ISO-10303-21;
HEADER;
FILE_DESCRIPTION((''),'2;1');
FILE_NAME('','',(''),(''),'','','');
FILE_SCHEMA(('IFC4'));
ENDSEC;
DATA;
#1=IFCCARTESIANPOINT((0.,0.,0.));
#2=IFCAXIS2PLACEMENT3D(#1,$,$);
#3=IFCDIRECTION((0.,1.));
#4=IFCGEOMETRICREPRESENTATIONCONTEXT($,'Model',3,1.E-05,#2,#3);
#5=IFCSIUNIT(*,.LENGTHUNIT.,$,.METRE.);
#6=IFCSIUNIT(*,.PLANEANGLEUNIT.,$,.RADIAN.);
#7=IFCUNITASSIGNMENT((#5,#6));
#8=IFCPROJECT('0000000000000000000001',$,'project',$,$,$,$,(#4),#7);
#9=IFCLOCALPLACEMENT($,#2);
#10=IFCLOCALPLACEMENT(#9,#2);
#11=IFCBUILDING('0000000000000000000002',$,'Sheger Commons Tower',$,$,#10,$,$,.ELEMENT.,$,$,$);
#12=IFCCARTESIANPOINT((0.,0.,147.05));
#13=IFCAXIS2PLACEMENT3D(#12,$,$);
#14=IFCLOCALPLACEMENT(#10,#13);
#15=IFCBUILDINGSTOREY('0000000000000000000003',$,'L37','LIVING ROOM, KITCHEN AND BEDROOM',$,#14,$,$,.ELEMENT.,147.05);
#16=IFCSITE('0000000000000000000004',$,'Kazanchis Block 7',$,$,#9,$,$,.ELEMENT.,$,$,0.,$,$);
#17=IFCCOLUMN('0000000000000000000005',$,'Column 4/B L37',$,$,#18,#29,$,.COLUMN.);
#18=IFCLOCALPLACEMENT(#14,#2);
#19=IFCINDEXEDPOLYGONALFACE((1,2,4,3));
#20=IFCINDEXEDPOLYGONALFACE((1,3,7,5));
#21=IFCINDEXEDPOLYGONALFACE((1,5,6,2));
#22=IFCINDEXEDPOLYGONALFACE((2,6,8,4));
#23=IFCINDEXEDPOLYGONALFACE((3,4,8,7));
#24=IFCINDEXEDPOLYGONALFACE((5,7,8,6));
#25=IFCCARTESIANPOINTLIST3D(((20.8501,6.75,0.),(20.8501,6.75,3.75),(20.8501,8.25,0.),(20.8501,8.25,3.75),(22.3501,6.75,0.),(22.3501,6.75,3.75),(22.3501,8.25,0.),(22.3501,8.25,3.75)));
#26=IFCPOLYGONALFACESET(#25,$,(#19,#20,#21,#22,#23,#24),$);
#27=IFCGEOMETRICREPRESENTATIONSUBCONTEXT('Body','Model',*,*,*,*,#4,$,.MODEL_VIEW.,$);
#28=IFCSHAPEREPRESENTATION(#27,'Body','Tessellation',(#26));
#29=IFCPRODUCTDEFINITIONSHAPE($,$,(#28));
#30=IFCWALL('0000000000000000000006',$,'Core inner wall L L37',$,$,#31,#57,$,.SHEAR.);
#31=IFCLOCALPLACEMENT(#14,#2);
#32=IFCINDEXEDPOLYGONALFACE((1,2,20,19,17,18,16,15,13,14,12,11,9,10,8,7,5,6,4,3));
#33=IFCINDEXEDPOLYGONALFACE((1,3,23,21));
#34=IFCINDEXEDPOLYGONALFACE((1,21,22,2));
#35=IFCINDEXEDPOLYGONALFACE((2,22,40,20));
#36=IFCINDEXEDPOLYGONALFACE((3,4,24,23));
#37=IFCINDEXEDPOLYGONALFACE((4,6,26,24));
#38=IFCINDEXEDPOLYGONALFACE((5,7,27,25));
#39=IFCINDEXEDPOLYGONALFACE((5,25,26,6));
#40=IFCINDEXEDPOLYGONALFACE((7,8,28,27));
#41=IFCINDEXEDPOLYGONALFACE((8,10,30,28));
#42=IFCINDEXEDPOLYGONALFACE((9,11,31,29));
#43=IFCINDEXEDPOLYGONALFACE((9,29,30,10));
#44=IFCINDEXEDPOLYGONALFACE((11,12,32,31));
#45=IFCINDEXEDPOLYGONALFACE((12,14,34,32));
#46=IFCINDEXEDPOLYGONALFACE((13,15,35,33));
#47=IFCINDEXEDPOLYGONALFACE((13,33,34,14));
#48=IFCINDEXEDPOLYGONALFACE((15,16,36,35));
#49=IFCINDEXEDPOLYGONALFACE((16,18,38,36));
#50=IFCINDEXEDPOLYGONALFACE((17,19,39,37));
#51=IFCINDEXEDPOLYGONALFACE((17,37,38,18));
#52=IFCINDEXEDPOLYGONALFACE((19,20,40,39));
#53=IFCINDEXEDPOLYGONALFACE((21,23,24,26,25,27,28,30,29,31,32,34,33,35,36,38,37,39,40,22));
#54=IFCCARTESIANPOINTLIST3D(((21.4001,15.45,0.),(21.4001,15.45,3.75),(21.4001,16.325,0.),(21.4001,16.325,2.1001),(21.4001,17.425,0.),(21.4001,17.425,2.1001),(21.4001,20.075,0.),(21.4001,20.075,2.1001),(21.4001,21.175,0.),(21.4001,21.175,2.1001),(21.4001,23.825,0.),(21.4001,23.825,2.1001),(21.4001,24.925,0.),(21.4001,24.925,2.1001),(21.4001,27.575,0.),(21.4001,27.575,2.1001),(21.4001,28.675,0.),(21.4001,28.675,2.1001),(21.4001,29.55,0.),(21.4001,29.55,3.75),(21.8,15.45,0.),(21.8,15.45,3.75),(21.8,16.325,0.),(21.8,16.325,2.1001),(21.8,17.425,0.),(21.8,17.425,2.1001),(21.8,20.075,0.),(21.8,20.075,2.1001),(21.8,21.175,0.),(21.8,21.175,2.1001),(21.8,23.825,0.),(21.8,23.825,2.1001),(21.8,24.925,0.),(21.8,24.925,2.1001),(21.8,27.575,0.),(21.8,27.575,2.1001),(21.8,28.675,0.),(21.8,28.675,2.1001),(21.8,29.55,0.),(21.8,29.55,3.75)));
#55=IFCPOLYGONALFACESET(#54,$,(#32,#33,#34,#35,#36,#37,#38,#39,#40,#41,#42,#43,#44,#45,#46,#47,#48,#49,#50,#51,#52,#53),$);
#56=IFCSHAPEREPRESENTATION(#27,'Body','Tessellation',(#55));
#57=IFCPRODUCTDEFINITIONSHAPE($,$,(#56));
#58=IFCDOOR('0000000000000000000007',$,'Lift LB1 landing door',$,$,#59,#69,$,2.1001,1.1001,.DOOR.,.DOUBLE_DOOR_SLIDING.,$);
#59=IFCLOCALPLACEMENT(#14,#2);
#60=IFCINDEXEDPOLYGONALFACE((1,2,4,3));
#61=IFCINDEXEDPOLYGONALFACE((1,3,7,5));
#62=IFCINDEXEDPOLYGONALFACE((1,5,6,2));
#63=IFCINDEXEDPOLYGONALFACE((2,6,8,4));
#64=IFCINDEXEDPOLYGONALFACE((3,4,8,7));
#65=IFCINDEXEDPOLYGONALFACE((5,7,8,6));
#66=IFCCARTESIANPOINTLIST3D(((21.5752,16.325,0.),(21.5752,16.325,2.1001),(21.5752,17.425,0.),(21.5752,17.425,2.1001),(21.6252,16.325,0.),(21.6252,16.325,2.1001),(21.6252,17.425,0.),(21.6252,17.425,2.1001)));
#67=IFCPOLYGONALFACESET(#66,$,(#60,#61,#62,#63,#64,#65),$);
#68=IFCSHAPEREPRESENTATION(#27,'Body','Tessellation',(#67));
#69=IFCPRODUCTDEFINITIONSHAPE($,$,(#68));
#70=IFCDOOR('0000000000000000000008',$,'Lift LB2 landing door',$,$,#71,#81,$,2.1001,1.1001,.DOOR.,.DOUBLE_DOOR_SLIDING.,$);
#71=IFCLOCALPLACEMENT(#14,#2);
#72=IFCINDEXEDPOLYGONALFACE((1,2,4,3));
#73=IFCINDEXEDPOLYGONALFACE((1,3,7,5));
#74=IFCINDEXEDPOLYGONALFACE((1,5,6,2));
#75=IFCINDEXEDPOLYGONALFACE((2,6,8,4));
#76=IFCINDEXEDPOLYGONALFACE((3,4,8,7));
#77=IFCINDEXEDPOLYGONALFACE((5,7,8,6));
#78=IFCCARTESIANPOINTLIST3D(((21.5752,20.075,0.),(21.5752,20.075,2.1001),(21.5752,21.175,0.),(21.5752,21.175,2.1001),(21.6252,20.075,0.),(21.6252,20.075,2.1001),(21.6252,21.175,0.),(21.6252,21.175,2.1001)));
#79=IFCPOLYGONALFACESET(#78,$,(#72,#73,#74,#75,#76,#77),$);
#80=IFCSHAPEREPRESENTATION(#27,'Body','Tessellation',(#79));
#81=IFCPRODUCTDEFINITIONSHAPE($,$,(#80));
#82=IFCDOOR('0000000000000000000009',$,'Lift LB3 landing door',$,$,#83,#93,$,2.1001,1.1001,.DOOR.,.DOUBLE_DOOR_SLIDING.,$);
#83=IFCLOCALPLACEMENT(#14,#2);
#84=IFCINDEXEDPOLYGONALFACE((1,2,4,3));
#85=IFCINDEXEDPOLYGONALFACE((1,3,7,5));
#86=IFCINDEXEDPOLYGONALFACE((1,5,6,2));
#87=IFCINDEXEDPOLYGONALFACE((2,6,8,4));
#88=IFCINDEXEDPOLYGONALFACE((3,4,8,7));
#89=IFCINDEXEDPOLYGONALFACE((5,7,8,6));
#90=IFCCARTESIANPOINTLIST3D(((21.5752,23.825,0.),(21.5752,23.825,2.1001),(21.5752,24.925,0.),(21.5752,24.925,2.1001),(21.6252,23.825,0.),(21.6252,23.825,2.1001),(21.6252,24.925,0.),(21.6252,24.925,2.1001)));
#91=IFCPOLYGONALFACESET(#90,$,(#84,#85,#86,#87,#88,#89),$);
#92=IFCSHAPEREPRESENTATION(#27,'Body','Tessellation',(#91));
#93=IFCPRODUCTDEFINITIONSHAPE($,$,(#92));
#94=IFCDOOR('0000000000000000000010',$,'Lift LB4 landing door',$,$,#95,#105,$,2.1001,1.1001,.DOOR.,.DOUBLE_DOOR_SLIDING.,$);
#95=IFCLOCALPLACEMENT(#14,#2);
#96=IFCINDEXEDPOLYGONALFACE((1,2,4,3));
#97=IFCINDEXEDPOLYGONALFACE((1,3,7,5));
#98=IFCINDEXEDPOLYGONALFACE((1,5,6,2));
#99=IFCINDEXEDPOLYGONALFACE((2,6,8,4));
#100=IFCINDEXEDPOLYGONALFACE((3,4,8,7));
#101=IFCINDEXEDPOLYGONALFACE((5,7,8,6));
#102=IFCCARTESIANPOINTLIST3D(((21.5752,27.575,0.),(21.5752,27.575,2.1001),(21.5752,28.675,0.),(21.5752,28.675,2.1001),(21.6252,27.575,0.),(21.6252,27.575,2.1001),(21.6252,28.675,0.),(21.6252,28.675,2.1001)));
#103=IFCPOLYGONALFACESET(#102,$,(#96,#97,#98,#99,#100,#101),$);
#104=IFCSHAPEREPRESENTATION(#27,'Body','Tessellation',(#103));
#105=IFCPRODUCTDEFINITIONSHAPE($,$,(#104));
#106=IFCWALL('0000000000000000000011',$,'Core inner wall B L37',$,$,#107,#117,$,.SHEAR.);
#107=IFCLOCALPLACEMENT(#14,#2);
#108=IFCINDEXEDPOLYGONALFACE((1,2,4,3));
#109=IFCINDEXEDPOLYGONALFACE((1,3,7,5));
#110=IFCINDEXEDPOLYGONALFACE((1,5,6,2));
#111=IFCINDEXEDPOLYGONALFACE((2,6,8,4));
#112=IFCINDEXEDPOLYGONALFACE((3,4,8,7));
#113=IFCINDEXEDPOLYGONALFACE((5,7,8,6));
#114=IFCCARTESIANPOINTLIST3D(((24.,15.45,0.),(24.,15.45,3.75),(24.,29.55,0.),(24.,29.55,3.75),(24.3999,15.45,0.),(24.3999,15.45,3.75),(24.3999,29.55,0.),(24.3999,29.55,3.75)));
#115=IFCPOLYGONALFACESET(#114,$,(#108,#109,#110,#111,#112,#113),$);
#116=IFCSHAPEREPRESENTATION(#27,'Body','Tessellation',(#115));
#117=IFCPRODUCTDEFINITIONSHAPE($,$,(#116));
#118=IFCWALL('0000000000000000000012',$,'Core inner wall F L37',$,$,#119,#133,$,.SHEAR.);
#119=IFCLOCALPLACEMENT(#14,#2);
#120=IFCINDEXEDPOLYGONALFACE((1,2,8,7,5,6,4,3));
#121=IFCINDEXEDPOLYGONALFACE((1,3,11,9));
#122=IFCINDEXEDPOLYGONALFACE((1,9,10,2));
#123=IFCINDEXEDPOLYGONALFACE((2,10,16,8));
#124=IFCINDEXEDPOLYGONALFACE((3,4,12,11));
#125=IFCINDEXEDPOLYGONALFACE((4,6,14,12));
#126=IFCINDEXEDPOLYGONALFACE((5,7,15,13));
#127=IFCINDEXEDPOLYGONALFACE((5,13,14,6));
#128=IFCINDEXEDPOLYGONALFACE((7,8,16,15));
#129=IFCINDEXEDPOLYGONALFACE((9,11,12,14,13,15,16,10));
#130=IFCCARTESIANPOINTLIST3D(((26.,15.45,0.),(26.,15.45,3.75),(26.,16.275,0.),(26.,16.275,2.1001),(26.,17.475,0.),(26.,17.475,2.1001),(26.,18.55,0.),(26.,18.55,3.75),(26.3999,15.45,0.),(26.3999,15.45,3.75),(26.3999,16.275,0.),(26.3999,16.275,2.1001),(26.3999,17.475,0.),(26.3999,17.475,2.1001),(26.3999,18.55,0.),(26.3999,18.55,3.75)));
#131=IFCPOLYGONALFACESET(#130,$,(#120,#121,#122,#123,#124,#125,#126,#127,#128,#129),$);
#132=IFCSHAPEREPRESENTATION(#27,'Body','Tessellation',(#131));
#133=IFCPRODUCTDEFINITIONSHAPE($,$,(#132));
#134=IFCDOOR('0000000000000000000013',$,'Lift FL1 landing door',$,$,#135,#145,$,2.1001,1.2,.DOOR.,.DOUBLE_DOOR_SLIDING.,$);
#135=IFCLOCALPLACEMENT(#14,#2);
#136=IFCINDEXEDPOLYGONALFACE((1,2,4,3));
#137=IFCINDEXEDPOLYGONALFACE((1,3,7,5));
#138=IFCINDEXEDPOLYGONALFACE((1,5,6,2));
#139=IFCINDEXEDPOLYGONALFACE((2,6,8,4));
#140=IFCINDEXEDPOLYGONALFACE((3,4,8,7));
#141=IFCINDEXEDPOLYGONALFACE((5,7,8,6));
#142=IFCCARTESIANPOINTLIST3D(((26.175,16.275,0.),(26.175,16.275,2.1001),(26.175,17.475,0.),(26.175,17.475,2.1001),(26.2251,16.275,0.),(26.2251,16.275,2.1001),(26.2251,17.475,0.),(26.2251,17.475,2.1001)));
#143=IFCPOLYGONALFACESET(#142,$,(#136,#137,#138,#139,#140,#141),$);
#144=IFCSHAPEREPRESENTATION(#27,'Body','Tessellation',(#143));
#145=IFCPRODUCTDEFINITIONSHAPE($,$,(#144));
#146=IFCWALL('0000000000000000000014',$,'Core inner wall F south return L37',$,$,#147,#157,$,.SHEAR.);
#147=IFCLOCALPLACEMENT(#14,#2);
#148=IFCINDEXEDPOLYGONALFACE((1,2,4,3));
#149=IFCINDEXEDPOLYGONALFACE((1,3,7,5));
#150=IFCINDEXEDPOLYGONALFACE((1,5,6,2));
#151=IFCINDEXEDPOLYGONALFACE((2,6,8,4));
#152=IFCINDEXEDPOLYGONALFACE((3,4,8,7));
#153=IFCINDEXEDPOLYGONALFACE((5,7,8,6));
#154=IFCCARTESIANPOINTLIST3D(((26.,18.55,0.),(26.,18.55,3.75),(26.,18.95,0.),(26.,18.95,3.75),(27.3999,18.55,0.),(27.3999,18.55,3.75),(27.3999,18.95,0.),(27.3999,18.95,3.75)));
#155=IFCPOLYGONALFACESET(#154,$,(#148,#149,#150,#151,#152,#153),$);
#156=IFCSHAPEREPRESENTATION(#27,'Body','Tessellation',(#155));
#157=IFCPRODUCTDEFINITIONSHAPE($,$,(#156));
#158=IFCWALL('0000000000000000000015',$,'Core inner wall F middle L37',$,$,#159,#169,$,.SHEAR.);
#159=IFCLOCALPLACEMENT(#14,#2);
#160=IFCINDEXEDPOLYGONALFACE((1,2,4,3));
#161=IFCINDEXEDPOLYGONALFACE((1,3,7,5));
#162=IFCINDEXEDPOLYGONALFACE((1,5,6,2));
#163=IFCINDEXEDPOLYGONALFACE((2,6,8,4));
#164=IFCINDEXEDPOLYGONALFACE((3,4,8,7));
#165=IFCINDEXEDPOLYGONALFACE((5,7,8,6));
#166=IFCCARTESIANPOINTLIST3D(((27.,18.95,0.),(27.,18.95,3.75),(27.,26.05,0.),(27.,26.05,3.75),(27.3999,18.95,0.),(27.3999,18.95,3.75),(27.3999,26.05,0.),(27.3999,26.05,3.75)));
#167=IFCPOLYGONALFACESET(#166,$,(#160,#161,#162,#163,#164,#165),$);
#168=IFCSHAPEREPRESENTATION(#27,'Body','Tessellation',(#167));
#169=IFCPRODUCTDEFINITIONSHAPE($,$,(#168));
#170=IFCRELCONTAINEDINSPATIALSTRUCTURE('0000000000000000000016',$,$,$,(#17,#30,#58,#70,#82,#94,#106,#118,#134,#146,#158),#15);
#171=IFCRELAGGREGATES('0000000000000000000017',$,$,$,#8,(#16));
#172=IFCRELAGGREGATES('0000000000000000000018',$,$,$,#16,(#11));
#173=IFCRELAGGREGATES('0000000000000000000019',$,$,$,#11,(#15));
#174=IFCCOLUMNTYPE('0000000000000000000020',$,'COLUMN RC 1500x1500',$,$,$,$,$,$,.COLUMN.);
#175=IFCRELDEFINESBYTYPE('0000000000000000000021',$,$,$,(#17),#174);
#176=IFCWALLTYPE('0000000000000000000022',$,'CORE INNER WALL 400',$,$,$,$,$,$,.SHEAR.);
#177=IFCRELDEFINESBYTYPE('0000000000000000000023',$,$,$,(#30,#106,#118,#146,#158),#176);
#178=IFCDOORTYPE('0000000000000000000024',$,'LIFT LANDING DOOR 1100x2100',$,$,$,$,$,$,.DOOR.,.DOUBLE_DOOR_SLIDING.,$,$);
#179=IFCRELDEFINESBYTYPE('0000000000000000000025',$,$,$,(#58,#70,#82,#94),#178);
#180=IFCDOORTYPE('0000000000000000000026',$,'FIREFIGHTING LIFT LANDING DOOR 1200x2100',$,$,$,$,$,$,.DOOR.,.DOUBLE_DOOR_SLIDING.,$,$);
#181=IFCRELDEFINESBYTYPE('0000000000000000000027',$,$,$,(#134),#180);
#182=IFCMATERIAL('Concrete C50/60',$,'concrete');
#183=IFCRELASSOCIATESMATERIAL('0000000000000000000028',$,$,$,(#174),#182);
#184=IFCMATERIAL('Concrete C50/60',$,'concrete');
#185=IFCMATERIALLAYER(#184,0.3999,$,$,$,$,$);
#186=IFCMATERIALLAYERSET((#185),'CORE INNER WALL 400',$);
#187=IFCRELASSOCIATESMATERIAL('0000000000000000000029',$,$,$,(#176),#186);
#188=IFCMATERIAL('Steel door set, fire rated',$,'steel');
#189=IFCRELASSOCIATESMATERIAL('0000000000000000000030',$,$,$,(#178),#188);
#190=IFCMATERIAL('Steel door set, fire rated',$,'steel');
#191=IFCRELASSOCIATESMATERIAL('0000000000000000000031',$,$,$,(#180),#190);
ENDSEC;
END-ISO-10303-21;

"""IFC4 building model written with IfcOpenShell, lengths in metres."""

from ifc_helpers import new_model, si_unit, direction, frame, frame_2d, origin, origin_2d, place, context, subcontext, project, spatial, rectangle, extrude, material, layer, layer_set, material_profile, profile_set, type_object, element, fill, save


model = new_model("IFC4")

# Units and contexts
model_context = context("Model", 3, precision=1e-05, world=origin(), true_north=direction((0.0, 1.0)))
body_context = subcontext(model_context, "Body", "Model", "MODEL_VIEW")
ifc_project = project(units=[si_unit("LENGTHUNIT", "METRE"), si_unit("PLANEANGLEUNIT", "RADIAN")], contexts=[model_context])

# Site, building, storey
site_placement = place(None, origin())
site = spatial("IfcSite", under=ifc_project, at=site_placement, Name="Kazanchis Block 7", CompositionType="ELEMENT", RefElevation=0.0)
building_placement = place(site_placement, origin())
building = spatial("IfcBuilding", under=site, at=building_placement, Name="Sheger Commons Tower", CompositionType="ELEMENT")
storey_placement = place(building_placement, frame((0.0, 0.0, 147.05)))
storey = spatial("IfcBuildingStorey", under=building, at=storey_placement, Name="L37", Description="LIVING ROOM, KITCHEN AND BEDROOM", CompositionType="ELEMENT", Elevation=147.05)

# Column
ifc_material_1 = material(Name="Concrete C50/60", Category="concrete")
ifc_material_profile = material_profile(ifc_material_1, rectangle(XDim=1.5, YDim=1.5, at=origin_2d()), Name="RC 1500x1500")
ifc_profile_set = profile_set([ifc_material_profile], Name="Concrete C50/60")
column_type = type_object("IfcColumnType", Name="COLUMN RC 1500x1500", PredefinedType="COLUMN", material=ifc_profile_set)
column_placement = place(storey_placement, frame((21.6001, 7.5, 0.0), z_axis=(0.0, 0.0, 1.0), x_axis=(1.0, 0.0, 0.0)))
element("IfcColumn", 1, at=column_placement, inside=storey, type_object=column_type, Name="Column 4/B L37", PredefinedType="COLUMN", context=body_context, shape_type="SweptSolid", body=[
    extrude(rectangle(XDim=1.5, YDim=1.5, at=origin_2d()), origin(), (0.0, 0.0, 1.0), 3.75),
])

# Wall, openings, doors
ifc_material_2 = material(Name="Concrete C50/60", Category="concrete")
ifc_layer_1 = layer(ifc_material_2, 0.3999)
ifc_layer_set_1 = layer_set([ifc_layer_1], Name="CORE INNER WALL 400")
wall_type_1 = type_object("IfcWallType", Name="CORE INNER WALL 400", PredefinedType="SHEAR", material=ifc_layer_set_1)
wall_1_placement = place(storey_placement, frame((21.6001, 15.45, 0.0), z_axis=(0.0, 0.0, 1.0), x_axis=(0.0, 1.0, 0.0)))
wall_1 = element("IfcWall", 2, at=wall_1_placement, inside=storey, type_object=wall_type_1, Name="Core inner wall L L37", PredefinedType="SHEAR", context=body_context, shape_type="SweptSolid", body=[
    extrude(rectangle(XDim=14.1001, YDim=0.3999, at=frame_2d((7.05, 0.0))), origin(), (0.0, 0.0, 1.0), 3.75),
])
opening_1_placement = place(wall_1_placement, frame((0.875, 0.0, 0.0)))
opening_1 = element("IfcOpeningElement", 3, at=opening_1_placement, cuts=wall_1, PredefinedType="OPENING", context=body_context, shape_type="SweptSolid", body=[
    extrude(rectangle(XDim=1.1001, YDim=2.1001, at=frame_2d((0.55, 1.05))), frame((0.0, 0.21, 0.0), z_axis=(0.0, -1.0, 0.0), x_axis=(1.0, 0.0, 0.0)), (0.0, 0.0, 1.0), 0.4199),
])
opening_2_placement = place(wall_1_placement, frame((4.625, 0.0, 0.0)))
opening_2 = element("IfcOpeningElement", 4, at=opening_2_placement, cuts=wall_1, PredefinedType="OPENING", context=body_context, shape_type="SweptSolid", body=[
    extrude(rectangle(XDim=1.1001, YDim=2.1001, at=frame_2d((0.55, 1.05))), frame((0.0, 0.21, 0.0), z_axis=(0.0, -1.0, 0.0), x_axis=(1.0, 0.0, 0.0)), (0.0, 0.0, 1.0), 0.4199),
])
opening_3_placement = place(wall_1_placement, frame((8.375, 0.0, 0.0)))
opening_3 = element("IfcOpeningElement", 5, at=opening_3_placement, cuts=wall_1, PredefinedType="OPENING", context=body_context, shape_type="SweptSolid", body=[
    extrude(rectangle(XDim=1.1001, YDim=2.1001, at=frame_2d((0.55, 1.05))), frame((0.0, 0.21, 0.0), z_axis=(0.0, -1.0, 0.0), x_axis=(1.0, 0.0, 0.0)), (0.0, 0.0, 1.0), 0.4199),
])
opening_4_placement = place(wall_1_placement, frame((12.125, 0.0, 0.0)))
opening_4 = element("IfcOpeningElement", 6, at=opening_4_placement, cuts=wall_1, PredefinedType="OPENING", context=body_context, shape_type="SweptSolid", body=[
    extrude(rectangle(XDim=1.1001, YDim=2.1001, at=frame_2d((0.55, 1.05))), frame((0.0, 0.21, 0.0), z_axis=(0.0, -1.0, 0.0), x_axis=(1.0, 0.0, 0.0)), (0.0, 0.0, 1.0), 0.4199),
])
ifc_material_3 = material(Name="Steel door set, fire rated", Category="steel")
door_type_1 = type_object("IfcDoorType", Name="LIFT LANDING DOOR 1100x2100", OperationType="DOUBLE_DOOR_SLIDING", PredefinedType="DOOR", material=ifc_material_3)
door_1_placement = place(opening_1_placement, origin())
door_1 = element("IfcDoor", 7, at=door_1_placement, inside=storey, type_object=door_type_1, Name="Lift LB1 landing door", OperationType="DOUBLE_DOOR_SLIDING", OverallHeight=2.1001, OverallWidth=1.1001, PredefinedType="DOOR", context=body_context, shape_type="SweptSolid", body=[
    extrude(rectangle(XDim=1.1001, YDim=2.1001, at=frame_2d((0.55, 1.05))), frame((0.0, 0.0249, 0.0), z_axis=(0.0, -1.0, 0.0), x_axis=(1.0, 0.0, 0.0)), (0.0, 0.0, 1.0), 0.05),
])
fill(opening_1, door_1)
door_2_placement = place(opening_2_placement, origin())
door_2 = element("IfcDoor", 8, at=door_2_placement, inside=storey, type_object=door_type_1, Name="Lift LB2 landing door", OperationType="DOUBLE_DOOR_SLIDING", OverallHeight=2.1001, OverallWidth=1.1001, PredefinedType="DOOR", context=body_context, shape_type="SweptSolid", body=[
    extrude(rectangle(XDim=1.1001, YDim=2.1001, at=frame_2d((0.55, 1.05))), frame((0.0, 0.0249, 0.0), z_axis=(0.0, -1.0, 0.0), x_axis=(1.0, 0.0, 0.0)), (0.0, 0.0, 1.0), 0.05),
])
fill(opening_2, door_2)
door_3_placement = place(opening_3_placement, origin())
door_3 = element("IfcDoor", 9, at=door_3_placement, inside=storey, type_object=door_type_1, Name="Lift LB3 landing door", OperationType="DOUBLE_DOOR_SLIDING", OverallHeight=2.1001, OverallWidth=1.1001, PredefinedType="DOOR", context=body_context, shape_type="SweptSolid", body=[
    extrude(rectangle(XDim=1.1001, YDim=2.1001, at=frame_2d((0.55, 1.05))), frame((0.0, 0.0249, 0.0), z_axis=(0.0, -1.0, 0.0), x_axis=(1.0, 0.0, 0.0)), (0.0, 0.0, 1.0), 0.05),
])
fill(opening_3, door_3)
door_4_placement = place(opening_4_placement, origin())
door_4 = element("IfcDoor", 10, at=door_4_placement, inside=storey, type_object=door_type_1, Name="Lift LB4 landing door", OperationType="DOUBLE_DOOR_SLIDING", OverallHeight=2.1001, OverallWidth=1.1001, PredefinedType="DOOR", context=body_context, shape_type="SweptSolid", body=[
    extrude(rectangle(XDim=1.1001, YDim=2.1001, at=frame_2d((0.55, 1.05))), frame((0.0, 0.0249, 0.0), z_axis=(0.0, -1.0, 0.0), x_axis=(1.0, 0.0, 0.0)), (0.0, 0.0, 1.0), 0.05),
])
fill(opening_4, door_4)

# Wall
wall_2_placement = place(storey_placement, frame((24.2, 15.45, 0.0), z_axis=(0.0, 0.0, 1.0), x_axis=(0.0, 1.0, 0.0)))
element("IfcWall", 11, at=wall_2_placement, inside=storey, type_object=wall_type_1, Name="Core inner wall B L37", PredefinedType="SHEAR", context=body_context, shape_type="SweptSolid", body=[
    extrude(rectangle(XDim=14.1001, YDim=0.3999, at=frame_2d((7.05, 0.0))), origin(), (0.0, 0.0, 1.0), 3.75),
])

# Wall, opening, door
wall_3_placement = place(storey_placement, frame((26.2, 15.45, 0.0), z_axis=(0.0, 0.0, 1.0), x_axis=(0.0, 1.0, 0.0)))
wall_3 = element("IfcWall", 12, at=wall_3_placement, inside=storey, type_object=wall_type_1, Name="Core inner wall F L37", PredefinedType="SHEAR", context=body_context, shape_type="SweptSolid", body=[
    extrude(rectangle(XDim=3.1001, YDim=0.3999, at=frame_2d((1.55, 0.0))), origin(), (0.0, 0.0, 1.0), 3.75),
])
opening_5_placement = place(wall_3_placement, frame((0.825, 0.0, 0.0)))
opening_5 = element("IfcOpeningElement", 13, at=opening_5_placement, cuts=wall_3, PredefinedType="OPENING", context=body_context, shape_type="SweptSolid", body=[
    extrude(rectangle(XDim=1.2, YDim=2.1001, at=frame_2d((0.6001, 1.05))), frame((0.0, 0.21, 0.0), z_axis=(0.0, -1.0, 0.0), x_axis=(1.0, 0.0, 0.0)), (0.0, 0.0, 1.0), 0.4199),
])
ifc_material_4 = material(Name="Steel door set, fire rated", Category="steel")
door_type_2 = type_object("IfcDoorType", Name="FIREFIGHTING LIFT LANDING DOOR 1200x2100", OperationType="DOUBLE_DOOR_SLIDING", PredefinedType="DOOR", material=ifc_material_4)
door_5_placement = place(opening_5_placement, origin())
door_5 = element("IfcDoor", 14, at=door_5_placement, inside=storey, type_object=door_type_2, Name="Lift FL1 landing door", OperationType="DOUBLE_DOOR_SLIDING", OverallHeight=2.1001, OverallWidth=1.2, PredefinedType="DOOR", context=body_context, shape_type="SweptSolid", body=[
    extrude(rectangle(XDim=1.2, YDim=2.1001, at=frame_2d((0.6001, 1.05))), frame((0.0, 0.0249, 0.0), z_axis=(0.0, -1.0, 0.0), x_axis=(1.0, 0.0, 0.0)), (0.0, 0.0, 1.0), 0.05),
])
fill(opening_5, door_5)

# Walls
wall_4_placement = place(storey_placement, frame((26.0, 18.75, 0.0), z_axis=(0.0, 0.0, 1.0), x_axis=(1.0, 0.0, 0.0)))
element("IfcWall", 15, at=wall_4_placement, inside=storey, type_object=wall_type_1, Name="Core inner wall F south return L37", PredefinedType="SHEAR", context=body_context, shape_type="SweptSolid", body=[
    extrude(rectangle(XDim=1.3999, YDim=0.3999, at=frame_2d((0.7, 0.0))), origin(), (0.0, 0.0, 1.0), 3.75),
])
wall_5_placement = place(storey_placement, frame((27.2, 18.95, 0.0), z_axis=(0.0, 0.0, 1.0), x_axis=(0.0, 1.0, 0.0)))
element("IfcWall", 16, at=wall_5_placement, inside=storey, type_object=wall_type_1, Name="Core inner wall F middle L37", PredefinedType="SHEAR", context=body_context, shape_type="SweptSolid", body=[
    extrude(rectangle(XDim=7.1001, YDim=0.3999, at=frame_2d((3.55, 0.0))), origin(), (0.0, 0.0, 1.0), 3.75),
])

save(model, "model.ifc")
